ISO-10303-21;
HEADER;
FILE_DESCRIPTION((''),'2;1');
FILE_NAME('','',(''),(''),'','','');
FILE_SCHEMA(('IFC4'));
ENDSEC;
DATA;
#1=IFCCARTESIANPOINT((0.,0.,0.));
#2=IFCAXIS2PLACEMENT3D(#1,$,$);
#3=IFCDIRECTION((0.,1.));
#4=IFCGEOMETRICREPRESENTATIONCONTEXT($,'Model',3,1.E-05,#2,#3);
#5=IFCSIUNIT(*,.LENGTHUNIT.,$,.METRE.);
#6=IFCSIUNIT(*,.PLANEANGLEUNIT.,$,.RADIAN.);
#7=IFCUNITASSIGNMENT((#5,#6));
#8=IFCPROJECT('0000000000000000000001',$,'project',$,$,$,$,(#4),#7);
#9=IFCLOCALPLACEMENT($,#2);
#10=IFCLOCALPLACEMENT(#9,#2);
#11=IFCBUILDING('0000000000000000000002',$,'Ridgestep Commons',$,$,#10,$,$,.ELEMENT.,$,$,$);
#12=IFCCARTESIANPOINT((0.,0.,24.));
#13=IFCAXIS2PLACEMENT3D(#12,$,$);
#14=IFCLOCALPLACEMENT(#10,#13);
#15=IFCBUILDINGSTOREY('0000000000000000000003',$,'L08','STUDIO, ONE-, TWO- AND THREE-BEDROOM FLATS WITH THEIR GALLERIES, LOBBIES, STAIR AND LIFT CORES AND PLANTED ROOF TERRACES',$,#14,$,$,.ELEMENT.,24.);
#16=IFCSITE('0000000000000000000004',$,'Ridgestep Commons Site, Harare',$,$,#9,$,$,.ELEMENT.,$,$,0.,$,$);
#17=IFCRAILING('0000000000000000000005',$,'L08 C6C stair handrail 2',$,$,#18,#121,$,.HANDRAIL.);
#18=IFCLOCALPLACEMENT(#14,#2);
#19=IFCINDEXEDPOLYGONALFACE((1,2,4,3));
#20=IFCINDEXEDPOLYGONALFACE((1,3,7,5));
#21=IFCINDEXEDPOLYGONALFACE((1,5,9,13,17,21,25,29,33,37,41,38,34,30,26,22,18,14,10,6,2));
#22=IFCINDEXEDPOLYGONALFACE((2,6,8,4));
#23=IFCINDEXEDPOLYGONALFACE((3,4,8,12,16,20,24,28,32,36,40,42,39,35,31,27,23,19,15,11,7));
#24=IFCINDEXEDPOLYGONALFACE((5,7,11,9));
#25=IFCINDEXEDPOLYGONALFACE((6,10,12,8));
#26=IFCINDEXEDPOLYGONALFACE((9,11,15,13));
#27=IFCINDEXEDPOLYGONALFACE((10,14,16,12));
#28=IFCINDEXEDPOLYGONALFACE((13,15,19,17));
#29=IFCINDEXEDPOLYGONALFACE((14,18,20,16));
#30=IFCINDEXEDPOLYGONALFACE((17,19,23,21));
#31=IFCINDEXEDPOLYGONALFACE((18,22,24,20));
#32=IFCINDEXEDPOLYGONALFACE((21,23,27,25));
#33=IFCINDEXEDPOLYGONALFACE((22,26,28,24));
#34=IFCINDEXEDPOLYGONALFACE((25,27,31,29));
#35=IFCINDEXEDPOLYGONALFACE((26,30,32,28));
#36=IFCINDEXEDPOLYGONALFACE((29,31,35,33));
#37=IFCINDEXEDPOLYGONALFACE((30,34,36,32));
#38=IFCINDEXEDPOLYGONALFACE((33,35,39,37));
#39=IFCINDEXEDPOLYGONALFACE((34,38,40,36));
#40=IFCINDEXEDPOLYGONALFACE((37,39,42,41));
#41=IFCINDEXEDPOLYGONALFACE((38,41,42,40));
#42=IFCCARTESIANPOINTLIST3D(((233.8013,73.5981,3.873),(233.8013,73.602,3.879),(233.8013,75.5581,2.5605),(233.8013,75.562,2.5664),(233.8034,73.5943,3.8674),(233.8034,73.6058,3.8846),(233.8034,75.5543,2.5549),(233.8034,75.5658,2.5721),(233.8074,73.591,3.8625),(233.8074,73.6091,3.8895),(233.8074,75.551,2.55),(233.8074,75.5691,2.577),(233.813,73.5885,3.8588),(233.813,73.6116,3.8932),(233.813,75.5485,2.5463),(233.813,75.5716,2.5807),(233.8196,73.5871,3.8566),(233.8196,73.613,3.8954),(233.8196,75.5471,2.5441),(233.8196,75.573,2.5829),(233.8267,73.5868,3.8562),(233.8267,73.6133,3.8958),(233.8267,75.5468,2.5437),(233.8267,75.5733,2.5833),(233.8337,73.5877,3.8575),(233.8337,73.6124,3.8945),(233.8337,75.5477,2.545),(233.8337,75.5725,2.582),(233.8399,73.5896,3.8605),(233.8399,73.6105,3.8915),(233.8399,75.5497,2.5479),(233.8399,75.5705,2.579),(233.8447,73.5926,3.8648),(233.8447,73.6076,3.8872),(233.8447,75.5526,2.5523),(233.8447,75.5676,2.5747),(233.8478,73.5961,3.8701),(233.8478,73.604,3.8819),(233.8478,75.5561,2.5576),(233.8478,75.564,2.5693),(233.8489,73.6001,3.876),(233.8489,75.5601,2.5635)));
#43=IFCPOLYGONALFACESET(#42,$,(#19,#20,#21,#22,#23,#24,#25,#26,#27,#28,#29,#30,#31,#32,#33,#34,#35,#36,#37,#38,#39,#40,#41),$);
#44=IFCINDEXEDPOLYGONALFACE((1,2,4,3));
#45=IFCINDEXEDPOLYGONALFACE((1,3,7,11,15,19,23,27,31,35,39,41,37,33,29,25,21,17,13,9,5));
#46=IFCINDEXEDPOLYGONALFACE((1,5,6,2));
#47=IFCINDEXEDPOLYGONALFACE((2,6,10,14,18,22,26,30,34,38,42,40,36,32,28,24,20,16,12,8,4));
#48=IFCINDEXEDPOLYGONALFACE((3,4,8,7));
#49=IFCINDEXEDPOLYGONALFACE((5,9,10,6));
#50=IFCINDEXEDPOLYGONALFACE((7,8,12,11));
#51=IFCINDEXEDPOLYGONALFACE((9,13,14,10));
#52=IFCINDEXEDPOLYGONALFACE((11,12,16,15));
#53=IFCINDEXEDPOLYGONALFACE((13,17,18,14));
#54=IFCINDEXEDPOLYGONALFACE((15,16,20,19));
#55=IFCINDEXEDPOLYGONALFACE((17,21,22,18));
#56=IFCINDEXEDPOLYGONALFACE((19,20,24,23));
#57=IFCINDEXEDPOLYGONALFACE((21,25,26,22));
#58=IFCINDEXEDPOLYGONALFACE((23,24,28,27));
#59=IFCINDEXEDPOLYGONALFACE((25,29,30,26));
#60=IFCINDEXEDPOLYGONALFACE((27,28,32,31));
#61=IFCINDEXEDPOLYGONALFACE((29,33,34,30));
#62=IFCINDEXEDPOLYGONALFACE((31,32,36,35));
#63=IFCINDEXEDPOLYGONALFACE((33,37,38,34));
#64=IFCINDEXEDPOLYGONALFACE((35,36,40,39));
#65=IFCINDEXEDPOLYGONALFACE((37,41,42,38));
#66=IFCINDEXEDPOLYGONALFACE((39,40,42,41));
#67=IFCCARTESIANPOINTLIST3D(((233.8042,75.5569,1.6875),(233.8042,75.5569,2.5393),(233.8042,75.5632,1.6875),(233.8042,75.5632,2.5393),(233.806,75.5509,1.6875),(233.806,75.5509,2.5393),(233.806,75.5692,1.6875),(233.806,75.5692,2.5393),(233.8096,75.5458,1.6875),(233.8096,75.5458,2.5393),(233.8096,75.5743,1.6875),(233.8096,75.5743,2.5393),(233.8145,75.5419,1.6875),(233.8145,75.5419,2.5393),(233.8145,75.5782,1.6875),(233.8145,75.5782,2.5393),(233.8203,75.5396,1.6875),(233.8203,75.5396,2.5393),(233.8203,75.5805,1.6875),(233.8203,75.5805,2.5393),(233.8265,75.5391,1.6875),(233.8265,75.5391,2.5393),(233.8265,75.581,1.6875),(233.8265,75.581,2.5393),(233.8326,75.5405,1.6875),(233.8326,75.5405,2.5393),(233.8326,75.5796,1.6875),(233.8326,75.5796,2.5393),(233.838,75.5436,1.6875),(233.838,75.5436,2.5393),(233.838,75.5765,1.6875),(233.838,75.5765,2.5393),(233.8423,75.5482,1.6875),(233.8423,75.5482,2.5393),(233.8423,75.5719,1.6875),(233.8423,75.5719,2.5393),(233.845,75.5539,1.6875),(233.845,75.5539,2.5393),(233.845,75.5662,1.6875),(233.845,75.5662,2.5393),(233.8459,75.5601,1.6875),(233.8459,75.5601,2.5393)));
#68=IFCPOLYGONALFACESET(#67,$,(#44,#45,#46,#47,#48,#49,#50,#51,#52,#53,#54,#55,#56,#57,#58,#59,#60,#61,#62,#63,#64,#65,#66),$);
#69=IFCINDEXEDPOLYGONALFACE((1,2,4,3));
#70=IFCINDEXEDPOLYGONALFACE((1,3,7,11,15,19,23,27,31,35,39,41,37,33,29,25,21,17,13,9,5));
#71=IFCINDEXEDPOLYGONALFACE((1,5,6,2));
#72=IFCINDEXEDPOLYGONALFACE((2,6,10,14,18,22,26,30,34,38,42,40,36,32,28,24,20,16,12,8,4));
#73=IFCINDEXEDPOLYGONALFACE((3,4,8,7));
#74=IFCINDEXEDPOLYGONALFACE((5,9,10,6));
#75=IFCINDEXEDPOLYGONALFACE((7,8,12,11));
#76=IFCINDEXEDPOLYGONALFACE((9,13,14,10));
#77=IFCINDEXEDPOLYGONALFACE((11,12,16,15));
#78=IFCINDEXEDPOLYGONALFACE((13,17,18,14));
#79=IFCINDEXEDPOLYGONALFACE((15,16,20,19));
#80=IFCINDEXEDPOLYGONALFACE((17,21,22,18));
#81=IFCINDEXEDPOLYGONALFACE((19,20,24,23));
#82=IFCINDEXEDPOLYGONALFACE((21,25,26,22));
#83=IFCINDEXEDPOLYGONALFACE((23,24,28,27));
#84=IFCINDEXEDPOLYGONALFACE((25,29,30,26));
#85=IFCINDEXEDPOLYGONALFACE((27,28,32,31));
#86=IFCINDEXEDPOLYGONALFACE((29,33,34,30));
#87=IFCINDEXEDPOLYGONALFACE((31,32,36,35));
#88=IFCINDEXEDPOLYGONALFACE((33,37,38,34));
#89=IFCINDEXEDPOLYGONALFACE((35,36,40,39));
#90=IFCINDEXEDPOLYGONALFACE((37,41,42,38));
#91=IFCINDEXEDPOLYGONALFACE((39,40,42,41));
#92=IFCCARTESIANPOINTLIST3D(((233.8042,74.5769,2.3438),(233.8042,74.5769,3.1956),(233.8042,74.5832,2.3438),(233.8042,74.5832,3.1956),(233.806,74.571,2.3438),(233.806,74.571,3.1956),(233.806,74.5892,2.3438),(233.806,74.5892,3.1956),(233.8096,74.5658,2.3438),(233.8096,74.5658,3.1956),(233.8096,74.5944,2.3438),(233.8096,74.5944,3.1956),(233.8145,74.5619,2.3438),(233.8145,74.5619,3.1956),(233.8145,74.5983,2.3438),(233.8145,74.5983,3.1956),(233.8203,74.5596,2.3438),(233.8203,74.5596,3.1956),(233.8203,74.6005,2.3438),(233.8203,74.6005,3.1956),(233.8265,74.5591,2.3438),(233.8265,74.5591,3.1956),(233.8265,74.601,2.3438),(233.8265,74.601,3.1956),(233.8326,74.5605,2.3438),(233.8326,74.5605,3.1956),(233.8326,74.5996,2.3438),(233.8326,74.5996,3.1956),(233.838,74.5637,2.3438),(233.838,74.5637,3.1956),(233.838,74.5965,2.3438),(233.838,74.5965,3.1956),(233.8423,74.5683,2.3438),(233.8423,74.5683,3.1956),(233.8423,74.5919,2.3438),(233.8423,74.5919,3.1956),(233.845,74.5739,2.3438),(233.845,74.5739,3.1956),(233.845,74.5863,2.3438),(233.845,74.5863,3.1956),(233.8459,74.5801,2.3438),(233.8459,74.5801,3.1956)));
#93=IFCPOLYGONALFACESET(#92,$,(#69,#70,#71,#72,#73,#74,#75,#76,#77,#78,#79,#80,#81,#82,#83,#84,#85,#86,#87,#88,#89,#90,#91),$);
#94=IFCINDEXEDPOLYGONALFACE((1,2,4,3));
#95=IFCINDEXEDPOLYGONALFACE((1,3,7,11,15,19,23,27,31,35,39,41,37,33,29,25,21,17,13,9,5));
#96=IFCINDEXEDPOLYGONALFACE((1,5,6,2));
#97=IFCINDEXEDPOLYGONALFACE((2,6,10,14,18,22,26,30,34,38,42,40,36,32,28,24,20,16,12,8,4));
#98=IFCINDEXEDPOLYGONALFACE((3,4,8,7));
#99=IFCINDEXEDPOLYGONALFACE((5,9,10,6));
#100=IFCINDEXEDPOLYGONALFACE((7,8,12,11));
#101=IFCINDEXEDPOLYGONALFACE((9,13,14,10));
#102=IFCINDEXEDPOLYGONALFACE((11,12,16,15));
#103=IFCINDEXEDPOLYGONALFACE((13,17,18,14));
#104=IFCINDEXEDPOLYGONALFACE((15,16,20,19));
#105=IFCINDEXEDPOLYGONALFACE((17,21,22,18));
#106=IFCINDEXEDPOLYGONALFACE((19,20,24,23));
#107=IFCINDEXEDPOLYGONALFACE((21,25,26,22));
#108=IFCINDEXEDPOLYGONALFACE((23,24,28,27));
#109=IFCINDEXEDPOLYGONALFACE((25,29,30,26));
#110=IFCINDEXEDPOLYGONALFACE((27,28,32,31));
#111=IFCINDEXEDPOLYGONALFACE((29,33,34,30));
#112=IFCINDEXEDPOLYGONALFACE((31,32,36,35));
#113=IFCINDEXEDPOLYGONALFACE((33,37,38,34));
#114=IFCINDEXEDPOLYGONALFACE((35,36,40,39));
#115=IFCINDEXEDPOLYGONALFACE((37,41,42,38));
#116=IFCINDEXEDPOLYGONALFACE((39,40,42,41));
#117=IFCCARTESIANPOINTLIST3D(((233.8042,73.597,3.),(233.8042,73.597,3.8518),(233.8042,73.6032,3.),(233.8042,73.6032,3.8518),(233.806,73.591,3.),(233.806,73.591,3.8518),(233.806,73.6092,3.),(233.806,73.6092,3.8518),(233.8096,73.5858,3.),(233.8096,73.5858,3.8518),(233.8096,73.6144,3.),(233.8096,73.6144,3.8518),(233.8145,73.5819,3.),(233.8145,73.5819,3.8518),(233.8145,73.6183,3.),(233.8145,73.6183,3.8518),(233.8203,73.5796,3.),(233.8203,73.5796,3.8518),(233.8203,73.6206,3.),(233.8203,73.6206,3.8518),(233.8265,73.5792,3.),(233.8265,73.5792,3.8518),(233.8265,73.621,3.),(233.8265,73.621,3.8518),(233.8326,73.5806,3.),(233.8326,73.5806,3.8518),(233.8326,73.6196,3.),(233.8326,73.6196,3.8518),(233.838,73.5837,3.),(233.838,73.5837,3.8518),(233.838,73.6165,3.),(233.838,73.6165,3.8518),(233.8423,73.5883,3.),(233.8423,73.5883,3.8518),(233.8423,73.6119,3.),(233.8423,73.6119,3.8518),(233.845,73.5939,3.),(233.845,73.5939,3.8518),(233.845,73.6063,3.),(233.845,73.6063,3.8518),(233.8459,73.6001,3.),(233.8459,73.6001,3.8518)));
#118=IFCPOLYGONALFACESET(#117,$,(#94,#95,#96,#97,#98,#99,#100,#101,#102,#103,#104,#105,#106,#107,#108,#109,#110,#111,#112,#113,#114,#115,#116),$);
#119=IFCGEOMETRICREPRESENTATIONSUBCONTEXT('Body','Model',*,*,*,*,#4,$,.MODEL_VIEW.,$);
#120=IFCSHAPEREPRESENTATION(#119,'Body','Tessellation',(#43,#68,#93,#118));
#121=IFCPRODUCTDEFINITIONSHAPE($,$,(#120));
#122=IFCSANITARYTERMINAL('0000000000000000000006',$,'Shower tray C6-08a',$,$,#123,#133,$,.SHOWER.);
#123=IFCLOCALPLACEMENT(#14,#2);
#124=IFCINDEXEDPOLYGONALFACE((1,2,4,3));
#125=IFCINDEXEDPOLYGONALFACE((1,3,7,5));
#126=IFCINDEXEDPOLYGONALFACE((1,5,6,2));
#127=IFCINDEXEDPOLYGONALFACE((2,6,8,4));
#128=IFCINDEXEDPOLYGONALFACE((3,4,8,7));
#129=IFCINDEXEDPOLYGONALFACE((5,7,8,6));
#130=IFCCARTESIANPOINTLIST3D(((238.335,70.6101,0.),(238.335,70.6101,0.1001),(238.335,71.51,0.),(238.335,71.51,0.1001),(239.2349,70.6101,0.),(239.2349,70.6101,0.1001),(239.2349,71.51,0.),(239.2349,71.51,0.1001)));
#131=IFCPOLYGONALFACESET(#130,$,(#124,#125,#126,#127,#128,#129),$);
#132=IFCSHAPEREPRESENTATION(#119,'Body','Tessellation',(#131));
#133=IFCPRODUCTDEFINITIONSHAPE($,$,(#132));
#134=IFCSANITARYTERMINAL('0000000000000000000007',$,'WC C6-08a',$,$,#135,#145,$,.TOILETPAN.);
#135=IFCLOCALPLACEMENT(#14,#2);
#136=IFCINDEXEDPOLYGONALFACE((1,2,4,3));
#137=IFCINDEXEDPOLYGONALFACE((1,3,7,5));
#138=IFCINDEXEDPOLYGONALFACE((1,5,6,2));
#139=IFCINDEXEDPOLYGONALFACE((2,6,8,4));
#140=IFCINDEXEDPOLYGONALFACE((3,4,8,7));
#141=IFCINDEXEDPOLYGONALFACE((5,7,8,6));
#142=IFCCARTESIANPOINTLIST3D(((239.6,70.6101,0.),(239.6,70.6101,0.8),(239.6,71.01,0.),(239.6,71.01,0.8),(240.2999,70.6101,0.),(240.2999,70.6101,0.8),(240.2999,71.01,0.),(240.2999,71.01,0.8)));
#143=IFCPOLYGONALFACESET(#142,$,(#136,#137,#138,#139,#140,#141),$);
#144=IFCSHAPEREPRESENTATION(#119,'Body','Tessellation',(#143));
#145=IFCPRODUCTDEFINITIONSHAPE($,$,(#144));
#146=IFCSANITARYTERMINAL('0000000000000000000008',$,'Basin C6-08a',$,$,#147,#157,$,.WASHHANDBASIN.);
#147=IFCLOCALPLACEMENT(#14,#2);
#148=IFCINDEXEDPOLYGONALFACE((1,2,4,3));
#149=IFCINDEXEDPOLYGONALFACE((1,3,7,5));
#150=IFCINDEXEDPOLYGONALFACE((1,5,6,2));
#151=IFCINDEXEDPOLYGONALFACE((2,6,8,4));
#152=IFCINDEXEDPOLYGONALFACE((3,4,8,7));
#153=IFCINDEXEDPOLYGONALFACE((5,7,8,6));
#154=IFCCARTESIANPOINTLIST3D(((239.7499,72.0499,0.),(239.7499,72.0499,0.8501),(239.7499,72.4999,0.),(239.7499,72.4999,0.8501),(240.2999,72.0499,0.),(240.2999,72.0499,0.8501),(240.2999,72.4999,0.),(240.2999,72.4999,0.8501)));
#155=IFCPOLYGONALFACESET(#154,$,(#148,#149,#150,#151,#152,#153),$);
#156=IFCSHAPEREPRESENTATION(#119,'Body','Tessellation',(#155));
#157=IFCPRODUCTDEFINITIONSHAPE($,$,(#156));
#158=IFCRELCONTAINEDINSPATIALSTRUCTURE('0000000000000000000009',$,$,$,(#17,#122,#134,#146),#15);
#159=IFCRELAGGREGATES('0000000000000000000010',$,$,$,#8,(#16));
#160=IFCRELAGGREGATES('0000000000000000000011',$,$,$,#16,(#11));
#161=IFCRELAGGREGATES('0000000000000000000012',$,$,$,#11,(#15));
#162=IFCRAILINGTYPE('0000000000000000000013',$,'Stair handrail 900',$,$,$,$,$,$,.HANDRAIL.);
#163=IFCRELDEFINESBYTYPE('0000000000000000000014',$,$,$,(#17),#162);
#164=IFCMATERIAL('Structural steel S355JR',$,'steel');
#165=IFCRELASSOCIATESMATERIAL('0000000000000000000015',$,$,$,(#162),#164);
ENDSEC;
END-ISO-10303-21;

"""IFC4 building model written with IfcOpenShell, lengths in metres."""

from ifc_helpers import new_model, si_unit, direction, frame, origin, origin_2d, place, context, subcontext, project, spatial, rectangle, circle, extrude, material, type_object, element, save


model = new_model("IFC4")

# Units and contexts
model_context = context("Model", 3, precision=1e-05, world=origin(), true_north=direction((0.0, 1.0)))
body_context = subcontext(model_context, "Body", "Model", "MODEL_VIEW")
ifc_project = project(units=[si_unit("LENGTHUNIT", "METRE"), si_unit("PLANEANGLEUNIT", "RADIAN")], contexts=[model_context])

# Site, building, storey
site_placement = place(None, origin())
site = spatial("IfcSite", under=ifc_project, at=site_placement, Name="Ridgestep Commons Site, Harare", CompositionType="ELEMENT", RefElevation=0.0)
building_placement = place(site_placement, origin())
building = spatial("IfcBuilding", under=site, at=building_placement, Name="Ridgestep Commons", CompositionType="ELEMENT")
storey_placement = place(building_placement, frame((0.0, 0.0, 24.0)))
storey = spatial("IfcBuildingStorey", under=building, at=storey_placement, Name="L08", Description="STUDIO, ONE-, TWO- AND THREE-BEDROOM FLATS WITH THEIR GALLERIES, LOBBIES, STAIR AND LIFT CORES AND PLANTED ROOF TERRACES", CompositionType="ELEMENT", Elevation=24.0)

# Railing
ifc_material_1 = material(Name="Structural steel S355JR", Category="steel")
railing_type_1 = type_object("IfcRailingType", Name="Stair handrail 900", PredefinedType="HANDRAIL", material=ifc_material_1)
railing_1_placement = place(storey_placement, frame((233.825, 75.5601, 1.6875)))
element("IfcRailing", 1, at=railing_1_placement, inside=storey, type_object=railing_type_1, Name="L08 C6C stair handrail 2", PredefinedType="HANDRAIL", context=body_context, shape_type="SweptSolid", body=[
    extrude(circle(Radius=0.0239, at=origin_2d()), frame((0.0, 0.0, 0.876), z_axis=(0.0, -0.830902, 0.556419), x_axis=(1.0, 0.0, 0.0)), (0.0, 0.0, 1.0), 2.3589),
    extrude(circle(Radius=0.021, at=origin_2d()), origin(), (0.0, 0.0, 1.0), 0.8518),
    extrude(circle(Radius=0.021, at=origin_2d()), frame((0.0, -0.98, 0.6562)), (0.0, 0.0, 1.0), 0.8518),
    extrude(circle(Radius=0.021, at=origin_2d()), frame((0.0, -1.96, 1.3125)), (0.0, 0.0, 1.0), 0.8518),
])

# Sanitary terminals
sanitary_terminal_1_placement = place(storey_placement, frame((238.7849, 71.0601, 0.0), z_axis=(0.0, 0.0, 1.0), x_axis=(1.0, 0.0, 0.0)))
element("IfcSanitaryTerminal", 2, at=sanitary_terminal_1_placement, inside=storey, Name="Shower tray C6-08a", PredefinedType="SHOWER", context=body_context, shape_type="SweptSolid", body=[
    extrude(rectangle(XDim=0.8999, YDim=0.8999, at=origin_2d()), origin(), (0.0, 0.0, 1.0), 0.1001),
])
sanitary_terminal_2_placement = place(storey_placement, frame((239.95, 70.8101, 0.0), z_axis=(0.0, 0.0, 1.0), x_axis=(1.0, 0.0, 0.0)))
element("IfcSanitaryTerminal", 3, at=sanitary_terminal_2_placement, inside=storey, Name="WC C6-08a", PredefinedType="TOILETPAN", context=body_context, shape_type="SweptSolid", body=[
    extrude(rectangle(XDim=0.7, YDim=0.3999, at=origin_2d()), origin(), (0.0, 0.0, 1.0), 0.8),
])
sanitary_terminal_3_placement = place(storey_placement, frame((240.0249, 72.2749, 0.0), z_axis=(0.0, 0.0, 1.0), x_axis=(1.0, 0.0, 0.0)))
element("IfcSanitaryTerminal", 4, at=sanitary_terminal_3_placement, inside=storey, Name="Basin C6-08a", PredefinedType="WASHHANDBASIN", context=body_context, shape_type="SweptSolid", body=[
    extrude(rectangle(XDim=0.55, YDim=0.45, at=origin_2d()), origin(), (0.0, 0.0, 1.0), 0.8501),
])

save(model, "model.ifc")
